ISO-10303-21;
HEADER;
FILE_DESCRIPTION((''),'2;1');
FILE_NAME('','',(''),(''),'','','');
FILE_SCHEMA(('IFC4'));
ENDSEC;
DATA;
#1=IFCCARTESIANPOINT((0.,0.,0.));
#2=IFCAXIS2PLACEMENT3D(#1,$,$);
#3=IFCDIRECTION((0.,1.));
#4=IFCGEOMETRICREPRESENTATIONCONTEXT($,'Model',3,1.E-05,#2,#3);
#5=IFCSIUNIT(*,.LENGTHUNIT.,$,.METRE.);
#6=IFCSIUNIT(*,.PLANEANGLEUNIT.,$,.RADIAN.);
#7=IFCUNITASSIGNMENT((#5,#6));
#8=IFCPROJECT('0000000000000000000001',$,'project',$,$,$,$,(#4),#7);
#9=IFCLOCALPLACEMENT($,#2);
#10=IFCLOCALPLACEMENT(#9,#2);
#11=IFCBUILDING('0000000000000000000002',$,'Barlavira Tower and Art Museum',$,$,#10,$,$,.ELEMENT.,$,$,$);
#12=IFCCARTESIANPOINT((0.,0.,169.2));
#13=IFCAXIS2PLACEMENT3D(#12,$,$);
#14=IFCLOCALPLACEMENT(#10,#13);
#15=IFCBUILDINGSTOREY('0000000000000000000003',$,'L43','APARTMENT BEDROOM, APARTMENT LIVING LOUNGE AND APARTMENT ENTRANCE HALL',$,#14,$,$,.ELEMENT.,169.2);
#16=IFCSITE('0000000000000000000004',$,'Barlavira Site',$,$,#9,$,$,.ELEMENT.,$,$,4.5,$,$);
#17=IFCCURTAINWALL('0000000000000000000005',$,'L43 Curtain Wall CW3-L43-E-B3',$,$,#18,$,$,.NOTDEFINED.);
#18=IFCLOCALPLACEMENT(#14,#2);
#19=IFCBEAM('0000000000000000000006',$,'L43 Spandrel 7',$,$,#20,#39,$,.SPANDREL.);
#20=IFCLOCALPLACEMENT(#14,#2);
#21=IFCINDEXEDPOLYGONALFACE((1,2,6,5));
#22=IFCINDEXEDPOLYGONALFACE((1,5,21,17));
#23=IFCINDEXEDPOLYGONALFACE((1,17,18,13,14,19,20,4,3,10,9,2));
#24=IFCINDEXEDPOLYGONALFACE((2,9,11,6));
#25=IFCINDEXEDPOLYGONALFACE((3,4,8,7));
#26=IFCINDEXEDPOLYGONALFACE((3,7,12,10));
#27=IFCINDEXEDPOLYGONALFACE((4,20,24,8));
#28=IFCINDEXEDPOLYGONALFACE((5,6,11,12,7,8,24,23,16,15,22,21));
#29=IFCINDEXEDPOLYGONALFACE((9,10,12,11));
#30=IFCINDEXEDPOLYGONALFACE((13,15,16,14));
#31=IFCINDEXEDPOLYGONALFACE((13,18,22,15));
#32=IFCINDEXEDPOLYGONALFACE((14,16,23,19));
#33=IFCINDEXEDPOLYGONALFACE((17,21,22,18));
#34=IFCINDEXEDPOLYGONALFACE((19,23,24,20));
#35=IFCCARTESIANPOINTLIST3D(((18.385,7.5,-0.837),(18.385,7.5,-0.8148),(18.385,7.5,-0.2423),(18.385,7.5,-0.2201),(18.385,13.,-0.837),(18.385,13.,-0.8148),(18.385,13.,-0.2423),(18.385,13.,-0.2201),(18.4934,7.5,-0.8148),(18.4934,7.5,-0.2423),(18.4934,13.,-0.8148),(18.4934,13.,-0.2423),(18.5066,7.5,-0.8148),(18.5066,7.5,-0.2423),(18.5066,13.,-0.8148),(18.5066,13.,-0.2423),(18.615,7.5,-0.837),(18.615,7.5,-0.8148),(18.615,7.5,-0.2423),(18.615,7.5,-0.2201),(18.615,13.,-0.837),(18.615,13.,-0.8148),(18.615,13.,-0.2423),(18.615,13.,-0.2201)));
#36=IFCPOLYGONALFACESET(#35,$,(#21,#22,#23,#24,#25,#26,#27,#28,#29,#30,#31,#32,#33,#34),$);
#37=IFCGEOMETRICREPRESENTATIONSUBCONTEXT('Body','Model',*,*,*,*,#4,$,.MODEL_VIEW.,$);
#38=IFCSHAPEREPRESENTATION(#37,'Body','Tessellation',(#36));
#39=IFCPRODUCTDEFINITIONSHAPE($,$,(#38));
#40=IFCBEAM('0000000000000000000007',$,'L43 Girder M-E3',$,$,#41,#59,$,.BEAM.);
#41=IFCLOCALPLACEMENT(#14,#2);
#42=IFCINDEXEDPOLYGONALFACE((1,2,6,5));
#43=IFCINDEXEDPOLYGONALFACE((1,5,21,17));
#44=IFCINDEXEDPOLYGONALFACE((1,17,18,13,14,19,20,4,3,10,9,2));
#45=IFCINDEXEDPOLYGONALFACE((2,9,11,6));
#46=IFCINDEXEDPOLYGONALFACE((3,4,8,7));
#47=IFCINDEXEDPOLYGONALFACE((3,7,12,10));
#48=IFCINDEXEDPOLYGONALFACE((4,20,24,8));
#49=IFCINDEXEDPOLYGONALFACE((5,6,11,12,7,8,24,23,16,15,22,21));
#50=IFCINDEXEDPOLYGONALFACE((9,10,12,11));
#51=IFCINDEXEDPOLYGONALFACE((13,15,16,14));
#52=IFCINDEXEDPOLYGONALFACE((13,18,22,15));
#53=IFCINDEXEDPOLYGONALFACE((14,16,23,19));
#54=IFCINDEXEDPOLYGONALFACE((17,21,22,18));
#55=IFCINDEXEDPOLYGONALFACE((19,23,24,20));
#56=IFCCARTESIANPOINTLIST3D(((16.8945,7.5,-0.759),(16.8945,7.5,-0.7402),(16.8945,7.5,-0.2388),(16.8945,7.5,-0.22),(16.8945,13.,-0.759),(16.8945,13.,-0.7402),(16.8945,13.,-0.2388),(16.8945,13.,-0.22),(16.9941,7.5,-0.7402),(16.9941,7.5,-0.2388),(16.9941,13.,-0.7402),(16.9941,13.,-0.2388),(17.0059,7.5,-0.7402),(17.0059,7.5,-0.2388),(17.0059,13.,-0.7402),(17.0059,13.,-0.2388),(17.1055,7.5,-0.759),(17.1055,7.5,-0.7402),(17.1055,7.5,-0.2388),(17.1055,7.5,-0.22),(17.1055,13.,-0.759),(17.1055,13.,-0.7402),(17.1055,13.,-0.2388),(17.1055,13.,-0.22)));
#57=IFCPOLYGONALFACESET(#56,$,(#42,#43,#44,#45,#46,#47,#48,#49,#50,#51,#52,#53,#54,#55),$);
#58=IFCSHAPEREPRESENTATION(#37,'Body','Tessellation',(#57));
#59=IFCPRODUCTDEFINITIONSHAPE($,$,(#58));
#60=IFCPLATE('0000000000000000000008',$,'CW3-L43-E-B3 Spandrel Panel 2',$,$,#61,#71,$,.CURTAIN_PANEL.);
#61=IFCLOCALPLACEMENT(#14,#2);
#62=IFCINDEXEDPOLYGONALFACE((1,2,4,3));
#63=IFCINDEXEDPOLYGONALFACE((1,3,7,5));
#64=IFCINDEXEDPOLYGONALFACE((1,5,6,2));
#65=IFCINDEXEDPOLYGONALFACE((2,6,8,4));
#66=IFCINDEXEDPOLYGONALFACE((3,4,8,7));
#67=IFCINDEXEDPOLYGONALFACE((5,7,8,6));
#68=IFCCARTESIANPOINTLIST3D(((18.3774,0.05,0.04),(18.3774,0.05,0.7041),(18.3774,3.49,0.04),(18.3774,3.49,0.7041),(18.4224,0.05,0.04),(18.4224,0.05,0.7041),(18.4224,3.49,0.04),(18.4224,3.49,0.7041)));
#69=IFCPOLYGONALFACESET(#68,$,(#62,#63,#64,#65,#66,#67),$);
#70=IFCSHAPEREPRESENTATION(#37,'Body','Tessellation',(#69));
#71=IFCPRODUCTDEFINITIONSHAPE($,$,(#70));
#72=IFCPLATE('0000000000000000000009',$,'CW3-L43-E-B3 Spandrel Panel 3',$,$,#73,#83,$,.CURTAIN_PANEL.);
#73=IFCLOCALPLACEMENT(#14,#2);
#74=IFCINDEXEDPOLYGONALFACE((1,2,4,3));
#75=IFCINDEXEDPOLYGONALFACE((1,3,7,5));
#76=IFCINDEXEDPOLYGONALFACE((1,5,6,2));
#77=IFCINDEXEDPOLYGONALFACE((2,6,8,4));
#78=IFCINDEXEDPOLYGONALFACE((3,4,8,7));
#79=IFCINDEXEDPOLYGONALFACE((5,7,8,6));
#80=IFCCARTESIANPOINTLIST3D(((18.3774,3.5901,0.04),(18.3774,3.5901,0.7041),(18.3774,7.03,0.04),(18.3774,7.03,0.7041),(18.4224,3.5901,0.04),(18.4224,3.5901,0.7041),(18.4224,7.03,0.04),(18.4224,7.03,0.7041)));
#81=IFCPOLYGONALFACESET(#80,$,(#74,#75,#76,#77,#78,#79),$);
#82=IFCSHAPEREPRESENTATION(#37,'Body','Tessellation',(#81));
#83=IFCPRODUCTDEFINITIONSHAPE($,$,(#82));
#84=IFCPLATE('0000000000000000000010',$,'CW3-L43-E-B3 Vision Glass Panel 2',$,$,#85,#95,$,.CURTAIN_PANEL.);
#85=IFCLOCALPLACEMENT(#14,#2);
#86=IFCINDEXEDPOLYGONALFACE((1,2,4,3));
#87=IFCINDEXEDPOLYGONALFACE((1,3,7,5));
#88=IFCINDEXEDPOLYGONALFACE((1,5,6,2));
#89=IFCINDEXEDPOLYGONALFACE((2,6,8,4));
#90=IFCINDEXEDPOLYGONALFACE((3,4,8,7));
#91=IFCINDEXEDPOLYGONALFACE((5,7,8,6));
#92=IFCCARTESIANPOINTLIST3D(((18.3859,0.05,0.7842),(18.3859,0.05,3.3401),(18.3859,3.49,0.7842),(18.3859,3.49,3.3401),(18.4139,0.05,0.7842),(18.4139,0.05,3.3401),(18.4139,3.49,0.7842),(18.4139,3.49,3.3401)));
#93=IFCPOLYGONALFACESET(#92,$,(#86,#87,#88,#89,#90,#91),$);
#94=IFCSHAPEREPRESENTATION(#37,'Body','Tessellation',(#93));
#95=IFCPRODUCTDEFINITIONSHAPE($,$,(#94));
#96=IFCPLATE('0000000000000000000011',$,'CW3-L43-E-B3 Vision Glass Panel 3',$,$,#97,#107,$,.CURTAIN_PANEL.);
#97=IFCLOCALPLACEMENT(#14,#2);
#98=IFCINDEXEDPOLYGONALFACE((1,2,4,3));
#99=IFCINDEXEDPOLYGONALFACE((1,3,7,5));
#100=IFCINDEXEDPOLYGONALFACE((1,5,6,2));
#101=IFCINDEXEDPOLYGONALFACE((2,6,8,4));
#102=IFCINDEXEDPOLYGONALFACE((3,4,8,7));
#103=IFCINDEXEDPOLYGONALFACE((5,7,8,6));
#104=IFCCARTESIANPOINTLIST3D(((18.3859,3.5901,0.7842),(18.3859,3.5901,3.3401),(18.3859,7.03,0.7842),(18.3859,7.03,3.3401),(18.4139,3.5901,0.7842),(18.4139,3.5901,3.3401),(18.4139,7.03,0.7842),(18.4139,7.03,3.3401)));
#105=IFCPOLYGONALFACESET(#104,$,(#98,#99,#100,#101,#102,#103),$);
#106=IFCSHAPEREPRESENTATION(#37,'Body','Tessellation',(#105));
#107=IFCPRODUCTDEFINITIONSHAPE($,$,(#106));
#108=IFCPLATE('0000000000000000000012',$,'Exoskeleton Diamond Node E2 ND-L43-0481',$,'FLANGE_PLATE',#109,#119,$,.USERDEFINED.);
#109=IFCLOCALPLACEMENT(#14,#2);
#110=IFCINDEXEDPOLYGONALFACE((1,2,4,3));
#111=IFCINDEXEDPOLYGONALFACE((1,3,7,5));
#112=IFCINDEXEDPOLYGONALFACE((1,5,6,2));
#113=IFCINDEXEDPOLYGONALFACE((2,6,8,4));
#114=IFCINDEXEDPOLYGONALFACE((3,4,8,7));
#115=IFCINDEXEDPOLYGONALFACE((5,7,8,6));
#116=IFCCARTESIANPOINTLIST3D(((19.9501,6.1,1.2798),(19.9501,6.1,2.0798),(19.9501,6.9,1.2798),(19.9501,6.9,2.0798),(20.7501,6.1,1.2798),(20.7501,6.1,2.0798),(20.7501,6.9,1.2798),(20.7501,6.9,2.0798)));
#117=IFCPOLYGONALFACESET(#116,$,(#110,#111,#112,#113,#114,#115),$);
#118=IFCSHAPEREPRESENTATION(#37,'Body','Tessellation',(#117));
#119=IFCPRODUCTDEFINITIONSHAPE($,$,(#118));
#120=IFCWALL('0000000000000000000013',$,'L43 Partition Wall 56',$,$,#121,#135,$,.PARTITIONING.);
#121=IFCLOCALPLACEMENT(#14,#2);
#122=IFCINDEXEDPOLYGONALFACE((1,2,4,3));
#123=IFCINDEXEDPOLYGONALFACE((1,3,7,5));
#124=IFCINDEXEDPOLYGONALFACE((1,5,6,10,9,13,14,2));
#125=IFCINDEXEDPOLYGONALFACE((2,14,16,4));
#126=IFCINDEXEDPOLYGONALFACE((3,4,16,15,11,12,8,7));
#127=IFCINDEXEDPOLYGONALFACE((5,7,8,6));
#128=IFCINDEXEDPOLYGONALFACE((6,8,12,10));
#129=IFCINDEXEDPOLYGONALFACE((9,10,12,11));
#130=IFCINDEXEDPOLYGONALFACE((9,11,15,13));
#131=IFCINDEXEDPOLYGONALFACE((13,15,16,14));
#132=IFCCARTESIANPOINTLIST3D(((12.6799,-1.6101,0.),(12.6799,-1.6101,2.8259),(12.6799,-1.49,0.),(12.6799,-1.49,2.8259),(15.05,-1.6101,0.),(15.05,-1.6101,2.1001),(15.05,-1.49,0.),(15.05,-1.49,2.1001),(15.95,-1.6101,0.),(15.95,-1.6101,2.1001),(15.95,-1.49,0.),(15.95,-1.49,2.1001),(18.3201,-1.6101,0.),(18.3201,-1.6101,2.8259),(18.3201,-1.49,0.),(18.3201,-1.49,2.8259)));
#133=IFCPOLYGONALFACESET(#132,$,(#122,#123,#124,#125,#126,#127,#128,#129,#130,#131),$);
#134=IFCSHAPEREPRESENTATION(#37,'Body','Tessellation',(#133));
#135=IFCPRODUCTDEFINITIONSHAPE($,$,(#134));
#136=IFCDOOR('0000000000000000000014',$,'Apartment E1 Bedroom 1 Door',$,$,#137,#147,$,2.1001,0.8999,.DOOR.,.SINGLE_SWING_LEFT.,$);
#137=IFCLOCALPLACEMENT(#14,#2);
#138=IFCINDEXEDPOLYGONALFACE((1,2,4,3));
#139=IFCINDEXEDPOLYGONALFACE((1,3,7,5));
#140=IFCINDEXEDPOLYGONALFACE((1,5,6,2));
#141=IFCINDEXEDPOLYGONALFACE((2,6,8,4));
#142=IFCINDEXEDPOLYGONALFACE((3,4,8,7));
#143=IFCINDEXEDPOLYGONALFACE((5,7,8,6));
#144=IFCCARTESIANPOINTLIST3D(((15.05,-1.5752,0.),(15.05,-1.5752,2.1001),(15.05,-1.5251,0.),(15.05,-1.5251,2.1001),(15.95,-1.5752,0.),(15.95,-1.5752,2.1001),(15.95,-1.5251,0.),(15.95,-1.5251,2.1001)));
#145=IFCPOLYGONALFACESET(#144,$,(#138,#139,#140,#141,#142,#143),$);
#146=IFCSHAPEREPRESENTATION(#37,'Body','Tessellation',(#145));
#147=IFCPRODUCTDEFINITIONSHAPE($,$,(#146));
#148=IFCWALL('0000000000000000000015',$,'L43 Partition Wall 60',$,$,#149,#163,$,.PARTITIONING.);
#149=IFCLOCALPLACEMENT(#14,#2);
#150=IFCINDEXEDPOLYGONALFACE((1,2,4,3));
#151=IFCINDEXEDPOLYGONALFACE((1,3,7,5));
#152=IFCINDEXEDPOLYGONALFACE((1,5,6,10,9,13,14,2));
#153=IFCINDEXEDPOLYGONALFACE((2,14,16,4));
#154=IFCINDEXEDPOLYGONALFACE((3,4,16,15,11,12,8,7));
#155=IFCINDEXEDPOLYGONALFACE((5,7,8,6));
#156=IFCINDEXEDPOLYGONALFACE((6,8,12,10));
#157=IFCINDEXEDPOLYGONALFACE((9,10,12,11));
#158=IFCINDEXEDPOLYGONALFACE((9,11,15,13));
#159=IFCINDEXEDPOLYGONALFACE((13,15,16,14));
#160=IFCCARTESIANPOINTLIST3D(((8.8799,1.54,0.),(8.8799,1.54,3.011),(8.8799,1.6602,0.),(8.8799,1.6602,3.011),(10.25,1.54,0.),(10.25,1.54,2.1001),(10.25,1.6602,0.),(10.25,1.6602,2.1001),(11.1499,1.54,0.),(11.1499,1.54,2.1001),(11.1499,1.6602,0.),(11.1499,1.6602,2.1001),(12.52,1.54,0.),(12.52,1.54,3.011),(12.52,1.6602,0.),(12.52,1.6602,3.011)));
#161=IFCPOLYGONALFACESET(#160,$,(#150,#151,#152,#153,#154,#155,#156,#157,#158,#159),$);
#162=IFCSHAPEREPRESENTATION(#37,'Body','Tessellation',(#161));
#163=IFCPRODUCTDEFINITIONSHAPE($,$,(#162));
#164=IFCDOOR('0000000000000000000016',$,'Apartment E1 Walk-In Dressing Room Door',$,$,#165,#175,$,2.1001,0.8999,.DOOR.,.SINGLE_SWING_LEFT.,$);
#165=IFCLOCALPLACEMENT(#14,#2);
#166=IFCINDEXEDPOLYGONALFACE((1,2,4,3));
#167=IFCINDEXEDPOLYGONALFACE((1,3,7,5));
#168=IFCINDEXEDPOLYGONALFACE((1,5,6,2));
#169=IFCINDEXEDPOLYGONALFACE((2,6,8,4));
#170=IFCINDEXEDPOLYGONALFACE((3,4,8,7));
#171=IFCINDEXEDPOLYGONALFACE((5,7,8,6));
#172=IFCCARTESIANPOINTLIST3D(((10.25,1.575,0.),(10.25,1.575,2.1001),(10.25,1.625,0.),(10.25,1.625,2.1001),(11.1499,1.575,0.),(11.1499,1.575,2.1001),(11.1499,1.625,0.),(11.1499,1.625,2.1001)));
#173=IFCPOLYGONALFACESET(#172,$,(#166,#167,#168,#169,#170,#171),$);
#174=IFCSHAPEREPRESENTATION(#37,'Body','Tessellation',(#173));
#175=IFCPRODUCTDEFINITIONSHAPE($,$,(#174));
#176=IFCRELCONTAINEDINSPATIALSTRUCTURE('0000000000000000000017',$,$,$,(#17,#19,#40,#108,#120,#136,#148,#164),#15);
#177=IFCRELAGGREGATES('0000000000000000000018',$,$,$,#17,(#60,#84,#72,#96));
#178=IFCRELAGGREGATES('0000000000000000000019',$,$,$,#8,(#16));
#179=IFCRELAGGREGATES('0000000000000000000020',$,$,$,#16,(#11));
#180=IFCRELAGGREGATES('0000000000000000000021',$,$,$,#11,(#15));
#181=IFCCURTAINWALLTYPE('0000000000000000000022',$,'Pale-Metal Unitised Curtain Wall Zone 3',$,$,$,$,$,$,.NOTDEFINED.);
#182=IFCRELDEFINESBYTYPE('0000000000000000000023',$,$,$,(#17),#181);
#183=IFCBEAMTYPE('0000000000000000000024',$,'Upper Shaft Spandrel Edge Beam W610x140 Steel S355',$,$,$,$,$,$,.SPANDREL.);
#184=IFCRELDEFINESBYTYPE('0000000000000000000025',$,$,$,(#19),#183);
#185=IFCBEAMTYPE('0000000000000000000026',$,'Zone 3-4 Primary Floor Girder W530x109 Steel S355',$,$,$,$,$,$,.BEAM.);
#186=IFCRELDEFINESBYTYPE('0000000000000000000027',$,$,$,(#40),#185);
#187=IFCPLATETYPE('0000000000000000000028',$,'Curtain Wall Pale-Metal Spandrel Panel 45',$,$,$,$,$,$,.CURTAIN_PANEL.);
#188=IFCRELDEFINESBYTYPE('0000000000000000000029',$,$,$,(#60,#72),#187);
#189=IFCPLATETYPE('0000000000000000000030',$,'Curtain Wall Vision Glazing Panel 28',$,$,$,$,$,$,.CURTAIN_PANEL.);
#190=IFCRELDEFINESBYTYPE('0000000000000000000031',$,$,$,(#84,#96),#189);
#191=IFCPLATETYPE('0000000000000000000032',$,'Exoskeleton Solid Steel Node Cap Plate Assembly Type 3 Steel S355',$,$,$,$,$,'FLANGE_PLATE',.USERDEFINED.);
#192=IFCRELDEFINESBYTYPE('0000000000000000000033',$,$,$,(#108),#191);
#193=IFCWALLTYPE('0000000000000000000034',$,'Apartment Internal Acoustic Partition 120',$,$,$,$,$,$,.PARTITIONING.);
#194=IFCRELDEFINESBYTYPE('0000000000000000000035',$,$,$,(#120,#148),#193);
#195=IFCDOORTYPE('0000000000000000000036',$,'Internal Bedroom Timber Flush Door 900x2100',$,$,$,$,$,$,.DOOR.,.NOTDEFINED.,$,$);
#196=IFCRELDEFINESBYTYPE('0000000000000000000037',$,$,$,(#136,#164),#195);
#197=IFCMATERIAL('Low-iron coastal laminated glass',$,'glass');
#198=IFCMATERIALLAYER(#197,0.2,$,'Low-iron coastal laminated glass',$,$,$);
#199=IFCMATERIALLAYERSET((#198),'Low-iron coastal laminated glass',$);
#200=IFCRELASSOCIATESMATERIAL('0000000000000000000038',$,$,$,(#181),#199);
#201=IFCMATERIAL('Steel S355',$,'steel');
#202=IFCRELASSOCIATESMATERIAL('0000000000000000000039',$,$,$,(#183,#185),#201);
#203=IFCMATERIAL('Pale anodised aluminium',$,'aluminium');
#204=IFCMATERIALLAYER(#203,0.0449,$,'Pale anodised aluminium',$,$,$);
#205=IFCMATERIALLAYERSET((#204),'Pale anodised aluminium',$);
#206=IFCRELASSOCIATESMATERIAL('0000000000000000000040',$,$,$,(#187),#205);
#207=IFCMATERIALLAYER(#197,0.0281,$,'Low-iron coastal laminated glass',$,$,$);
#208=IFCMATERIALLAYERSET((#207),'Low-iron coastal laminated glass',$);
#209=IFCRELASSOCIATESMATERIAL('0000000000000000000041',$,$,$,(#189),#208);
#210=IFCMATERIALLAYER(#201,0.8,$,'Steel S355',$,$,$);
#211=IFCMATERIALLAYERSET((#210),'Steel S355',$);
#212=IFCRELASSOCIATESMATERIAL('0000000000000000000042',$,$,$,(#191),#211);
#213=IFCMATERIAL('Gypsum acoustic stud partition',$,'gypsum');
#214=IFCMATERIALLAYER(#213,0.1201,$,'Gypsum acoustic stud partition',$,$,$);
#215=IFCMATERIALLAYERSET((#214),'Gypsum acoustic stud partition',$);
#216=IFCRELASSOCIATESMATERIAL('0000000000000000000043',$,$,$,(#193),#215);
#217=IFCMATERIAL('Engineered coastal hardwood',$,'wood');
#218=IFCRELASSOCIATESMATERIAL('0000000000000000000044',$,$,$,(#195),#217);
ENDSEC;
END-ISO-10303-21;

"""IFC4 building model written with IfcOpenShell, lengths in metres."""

from ifc_helpers import new_model, si_unit, direction, frame, frame_2d, origin, origin_2d, place, context, subcontext, project, spatial, rectangle, i_section, extrude, material, layer, layer_set, material_profile, profile_set, type_object, element, fill, aggregate, save


model = new_model("IFC4")

# Units and contexts
model_context = context("Model", 3, precision=1e-05, world=origin(), true_north=direction((0.0, 1.0)))
body_context = subcontext(model_context, "Body", "Model", "MODEL_VIEW")
ifc_project = project(units=[si_unit("LENGTHUNIT", "METRE"), si_unit("PLANEANGLEUNIT", "RADIAN")], contexts=[model_context])

# Site, building, storey
site_placement = place(None, origin())
site = spatial("IfcSite", under=ifc_project, at=site_placement, Name="Barlavira Site", CompositionType="ELEMENT", RefElevation=4.5)
building_placement = place(site_placement, origin())
building = spatial("IfcBuilding", under=site, at=building_placement, Name="Barlavira Tower and Art Museum", CompositionType="ELEMENT")
storey_placement = place(building_placement, frame((0.0, 0.0, 169.2)))
storey = spatial("IfcBuildingStorey", under=building, at=storey_placement, Name="L43", Description="APARTMENT BEDROOM, APARTMENT LIVING LOUNGE AND APARTMENT ENTRANCE HALL", CompositionType="ELEMENT", Elevation=169.2)

# Curtain wall
ifc_material_1 = material(Name="Low-iron coastal laminated glass", Category="glass")
ifc_layer_1 = layer(ifc_material_1, 0.2, Name="Low-iron coastal laminated glass")
ifc_layer_set_1 = layer_set([ifc_layer_1], Name="Low-iron coastal laminated glass")
curtain_wall_type = type_object("IfcCurtainWallType", Name="Pale-Metal Unitised Curtain Wall Zone 3", PredefinedType="NOTDEFINED", material=ifc_layer_set_1)
curtain_wall_placement = place(storey_placement, origin())
curtain_wall = element("IfcCurtainWall", 1, at=curtain_wall_placement, inside=storey, type_object=curtain_wall_type, Name="L43 Curtain Wall CW3-L43-E-B3", PredefinedType="NOTDEFINED")
ifc_material_2 = material(Name="Pale anodised aluminium", Category="aluminium")

# Beams
ifc_material_3 = material(Name="Steel S355", Category="steel")
ifc_material_profile_1 = material_profile(ifc_material_3, i_section(OverallWidth=0.23, OverallDepth=0.6169, WebThickness=0.0132, FlangeThickness=0.0222, at=origin_2d()), Name="W610x140.0")
ifc_profile_set_1 = profile_set([ifc_material_profile_1], Name="Steel S355")
beam_type_1 = type_object("IfcBeamType", Name="Upper Shaft Spandrel Edge Beam W610x140 Steel S355", PredefinedType="SPANDREL", material=ifc_profile_set_1)
beam_1_placement = place(storey_placement, frame((18.5, 7.5, -0.5286), z_axis=(0.0, 1.0, 0.0), x_axis=(-1.0, 0.0, 0.0)))
element("IfcBeam", 2, at=beam_1_placement, inside=storey, type_object=beam_type_1, Name="L43 Spandrel 7", PredefinedType="SPANDREL", context=body_context, shape_type="SweptSolid", body=[
    extrude(i_section(OverallWidth=0.23, OverallDepth=0.6169, WebThickness=0.0132, FlangeThickness=0.0222, at=origin_2d()), origin(), (0.0, 0.0, 1.0), 5.5),
])
ifc_material_profile_2 = material_profile(ifc_material_3, i_section(OverallWidth=0.2109, OverallDepth=0.5391, WebThickness=0.0117, FlangeThickness=0.0188, at=origin_2d()), Name="W530x109.0")
ifc_profile_set_2 = profile_set([ifc_material_profile_2], Name="Steel S355")
beam_type_2 = type_object("IfcBeamType", Name="Zone 3-4 Primary Floor Girder W530x109 Steel S355", PredefinedType="BEAM", material=ifc_profile_set_2)
beam_2_placement = place(storey_placement, frame((17.0, 7.5, -0.4895), z_axis=(0.0, 1.0, 0.0), x_axis=(-1.0, 0.0, 0.0)))
element("IfcBeam", 3, at=beam_2_placement, inside=storey, type_object=beam_type_2, Name="L43 Girder M-E3", PredefinedType="BEAM", context=body_context, shape_type="SweptSolid", body=[
    extrude(i_section(OverallWidth=0.2109, OverallDepth=0.5391, WebThickness=0.0117, FlangeThickness=0.0188, at=origin_2d()), origin(), (0.0, 0.0, 1.0), 5.5),
])

# Plates
ifc_layer_2 = layer(ifc_material_2, 0.0449, Name="Pale anodised aluminium")
ifc_layer_set_2 = layer_set([ifc_layer_2], Name="Pale anodised aluminium")
plate_type_1 = type_object("IfcPlateType", Name="Curtain Wall Pale-Metal Spandrel Panel 45", PredefinedType="CURTAIN_PANEL", material=ifc_layer_set_2)
plate_1_placement = place(storey_placement, frame((18.3999, 1.77, 0.04), z_axis=(0.0, 0.0, 1.0), x_axis=(0.0, 1.0, 0.0)))
plate_1 = element("IfcPlate", 4, at=plate_1_placement, type_object=plate_type_1, Name="CW3-L43-E-B3 Spandrel Panel 2", PredefinedType="CURTAIN_PANEL", context=body_context, shape_type="SweptSolid", body=[
    extrude(rectangle(XDim=3.4399, YDim=0.0449, at=origin_2d()), origin(), (0.0, 0.0, 1.0), 0.6641),
])
plate_2_placement = place(storey_placement, frame((18.3999, 5.3101, 0.04), z_axis=(0.0, 0.0, 1.0), x_axis=(0.0, 1.0, 0.0)))
plate_2 = element("IfcPlate", 5, at=plate_2_placement, type_object=plate_type_1, Name="CW3-L43-E-B3 Spandrel Panel 3", PredefinedType="CURTAIN_PANEL", context=body_context, shape_type="SweptSolid", body=[
    extrude(rectangle(XDim=3.4399, YDim=0.0449, at=origin_2d()), origin(), (0.0, 0.0, 1.0), 0.6641),
])
ifc_layer_3 = layer(ifc_material_1, 0.0281, Name="Low-iron coastal laminated glass")
ifc_layer_set_3 = layer_set([ifc_layer_3], Name="Low-iron coastal laminated glass")
plate_type_2 = type_object("IfcPlateType", Name="Curtain Wall Vision Glazing Panel 28", PredefinedType="CURTAIN_PANEL", material=ifc_layer_set_3)
plate_3_placement = place(storey_placement, frame((18.3999, 1.77, 0.7842), z_axis=(0.0, 0.0, 1.0), x_axis=(0.0, 1.0, 0.0)))
plate_3 = element("IfcPlate", 6, at=plate_3_placement, type_object=plate_type_2, Name="CW3-L43-E-B3 Vision Glass Panel 2", PredefinedType="CURTAIN_PANEL", context=body_context, shape_type="SweptSolid", body=[
    extrude(rectangle(XDim=3.4399, YDim=0.0281, at=origin_2d()), origin(), (0.0, 0.0, 1.0), 2.5559),
])
plate_4_placement = place(storey_placement, frame((18.3999, 5.3101, 0.7842), z_axis=(0.0, 0.0, 1.0), x_axis=(0.0, 1.0, 0.0)))
plate_4 = element("IfcPlate", 7, at=plate_4_placement, type_object=plate_type_2, Name="CW3-L43-E-B3 Vision Glass Panel 3", PredefinedType="CURTAIN_PANEL", context=body_context, shape_type="SweptSolid", body=[
    extrude(rectangle(XDim=3.4399, YDim=0.0281, at=origin_2d()), origin(), (0.0, 0.0, 1.0), 2.5559),
])
aggregate(curtain_wall, [plate_1, plate_3, plate_2, plate_4])
ifc_layer_4 = layer(ifc_material_3, 0.8, Name="Steel S355")
ifc_layer_set_4 = layer_set([ifc_layer_4], Name="Steel S355")
plate_type_3 = type_object("IfcPlateType", Name="Exoskeleton Solid Steel Node Cap Plate Assembly Type 3 Steel S355", ElementType="FLANGE_PLATE", PredefinedType="USERDEFINED", material=ifc_layer_set_4)
plate_5_placement = place(storey_placement, frame((20.3501, 6.5, 1.2798), z_axis=(0.0, 0.0, 1.0), x_axis=(1.0, 0.0, 0.0)))
element("IfcPlate", 8, at=plate_5_placement, inside=storey, type_object=plate_type_3, Name="Exoskeleton Diamond Node E2 ND-L43-0481", ObjectType="FLANGE_PLATE", PredefinedType="USERDEFINED", context=body_context, shape_type="SweptSolid", body=[
    extrude(rectangle(XDim=0.8, YDim=0.8, at=origin_2d()), origin(), (0.0, 0.0, 1.0), 0.8),
])

# Walls, openings, doors
ifc_material_4 = material(Name="Gypsum acoustic stud partition", Category="gypsum")
ifc_layer_5 = layer(ifc_material_4, 0.1201, Name="Gypsum acoustic stud partition")
ifc_layer_set_5 = layer_set([ifc_layer_5], Name="Gypsum acoustic stud partition")
wall_type_1 = type_object("IfcWallType", Name="Apartment Internal Acoustic Partition 120", PredefinedType="PARTITIONING", material=ifc_layer_set_5)
wall_1_placement = place(storey_placement, frame((12.6799, -1.55, 0.0), z_axis=(0.0, 0.0, 1.0), x_axis=(1.0, 0.0, 0.0)))
wall_1 = element("IfcWall", 9, at=wall_1_placement, inside=storey, type_object=wall_type_1, Name="L43 Partition Wall 56", PredefinedType="PARTITIONING", context=body_context, shape_type="SweptSolid", body=[
    extrude(rectangle(XDim=5.6401, YDim=0.1201, at=frame_2d((2.8201, 0.0))), origin(), (0.0, 0.0, 1.0), 2.8259),
])
opening_1_placement = place(wall_1_placement, frame((2.3701, 0.0, 0.0)))
opening_1 = element("IfcOpeningElement", 10, at=opening_1_placement, cuts=wall_1, PredefinedType="OPENING", context=body_context, shape_type="SweptSolid", body=[
    extrude(rectangle(XDim=0.8999, YDim=2.1001, at=frame_2d((0.45, 1.05))), frame((0.0, 0.0701, 0.0), z_axis=(0.0, -1.0, 0.0), x_axis=(1.0, 0.0, 0.0)), (0.0, 0.0, 1.0), 0.1401),
])
ifc_material_5 = material(Name="Engineered coastal hardwood", Category="wood")
door_type = type_object("IfcDoorType", Name="Internal Bedroom Timber Flush Door 900x2100", OperationType="NOTDEFINED", PredefinedType="DOOR", material=ifc_material_5)
door_1_placement = place(opening_1_placement, origin())
door_1 = element("IfcDoor", 11, at=door_1_placement, inside=storey, type_object=door_type, Name="Apartment E1 Bedroom 1 Door", OperationType="SINGLE_SWING_LEFT", OverallHeight=2.1001, OverallWidth=0.8999, PredefinedType="DOOR", context=body_context, shape_type="SweptSolid", body=[
    extrude(rectangle(XDim=0.8999, YDim=2.1001, at=frame_2d((0.45, 1.05))), frame((0.0, 0.0249, 0.0), z_axis=(0.0, -1.0, 0.0), x_axis=(1.0, 0.0, 0.0)), (0.0, 0.0, 1.0), 0.05),
])
fill(opening_1, door_1)
wall_2_placement = place(storey_placement, frame((8.8799, 1.6001, 0.0), z_axis=(0.0, 0.0, 1.0), x_axis=(1.0, 0.0, 0.0)))
wall_2 = element("IfcWall", 12, at=wall_2_placement, inside=storey, type_object=wall_type_1, Name="L43 Partition Wall 60", PredefinedType="PARTITIONING", context=body_context, shape_type="SweptSolid", body=[
    extrude(rectangle(XDim=3.6401, YDim=0.1201, at=frame_2d((1.8201, 0.0))), origin(), (0.0, 0.0, 1.0), 3.011),
])
opening_2_placement = place(wall_2_placement, frame((1.3701, 0.0, 0.0)))
opening_2 = element("IfcOpeningElement", 13, at=opening_2_placement, cuts=wall_2, PredefinedType="OPENING", context=body_context, shape_type="SweptSolid", body=[
    extrude(rectangle(XDim=0.8999, YDim=2.1001, at=frame_2d((0.45, 1.05))), frame((0.0, 0.0701, 0.0), z_axis=(0.0, -1.0, 0.0), x_axis=(1.0, 0.0, 0.0)), (0.0, 0.0, 1.0), 0.1401),
])
door_2_placement = place(opening_2_placement, origin())
door_2 = element("IfcDoor", 14, at=door_2_placement, inside=storey, type_object=door_type, Name="Apartment E1 Walk-In Dressing Room Door", OperationType="SINGLE_SWING_LEFT", OverallHeight=2.1001, OverallWidth=0.8999, PredefinedType="DOOR", context=body_context, shape_type="SweptSolid", body=[
    extrude(rectangle(XDim=0.8999, YDim=2.1001, at=frame_2d((0.45, 1.05))), frame((0.0, 0.0249, 0.0), z_axis=(0.0, -1.0, 0.0), x_axis=(1.0, 0.0, 0.0)), (0.0, 0.0, 1.0), 0.05),
])
fill(opening_2, door_2)

save(model, "model.ifc")
